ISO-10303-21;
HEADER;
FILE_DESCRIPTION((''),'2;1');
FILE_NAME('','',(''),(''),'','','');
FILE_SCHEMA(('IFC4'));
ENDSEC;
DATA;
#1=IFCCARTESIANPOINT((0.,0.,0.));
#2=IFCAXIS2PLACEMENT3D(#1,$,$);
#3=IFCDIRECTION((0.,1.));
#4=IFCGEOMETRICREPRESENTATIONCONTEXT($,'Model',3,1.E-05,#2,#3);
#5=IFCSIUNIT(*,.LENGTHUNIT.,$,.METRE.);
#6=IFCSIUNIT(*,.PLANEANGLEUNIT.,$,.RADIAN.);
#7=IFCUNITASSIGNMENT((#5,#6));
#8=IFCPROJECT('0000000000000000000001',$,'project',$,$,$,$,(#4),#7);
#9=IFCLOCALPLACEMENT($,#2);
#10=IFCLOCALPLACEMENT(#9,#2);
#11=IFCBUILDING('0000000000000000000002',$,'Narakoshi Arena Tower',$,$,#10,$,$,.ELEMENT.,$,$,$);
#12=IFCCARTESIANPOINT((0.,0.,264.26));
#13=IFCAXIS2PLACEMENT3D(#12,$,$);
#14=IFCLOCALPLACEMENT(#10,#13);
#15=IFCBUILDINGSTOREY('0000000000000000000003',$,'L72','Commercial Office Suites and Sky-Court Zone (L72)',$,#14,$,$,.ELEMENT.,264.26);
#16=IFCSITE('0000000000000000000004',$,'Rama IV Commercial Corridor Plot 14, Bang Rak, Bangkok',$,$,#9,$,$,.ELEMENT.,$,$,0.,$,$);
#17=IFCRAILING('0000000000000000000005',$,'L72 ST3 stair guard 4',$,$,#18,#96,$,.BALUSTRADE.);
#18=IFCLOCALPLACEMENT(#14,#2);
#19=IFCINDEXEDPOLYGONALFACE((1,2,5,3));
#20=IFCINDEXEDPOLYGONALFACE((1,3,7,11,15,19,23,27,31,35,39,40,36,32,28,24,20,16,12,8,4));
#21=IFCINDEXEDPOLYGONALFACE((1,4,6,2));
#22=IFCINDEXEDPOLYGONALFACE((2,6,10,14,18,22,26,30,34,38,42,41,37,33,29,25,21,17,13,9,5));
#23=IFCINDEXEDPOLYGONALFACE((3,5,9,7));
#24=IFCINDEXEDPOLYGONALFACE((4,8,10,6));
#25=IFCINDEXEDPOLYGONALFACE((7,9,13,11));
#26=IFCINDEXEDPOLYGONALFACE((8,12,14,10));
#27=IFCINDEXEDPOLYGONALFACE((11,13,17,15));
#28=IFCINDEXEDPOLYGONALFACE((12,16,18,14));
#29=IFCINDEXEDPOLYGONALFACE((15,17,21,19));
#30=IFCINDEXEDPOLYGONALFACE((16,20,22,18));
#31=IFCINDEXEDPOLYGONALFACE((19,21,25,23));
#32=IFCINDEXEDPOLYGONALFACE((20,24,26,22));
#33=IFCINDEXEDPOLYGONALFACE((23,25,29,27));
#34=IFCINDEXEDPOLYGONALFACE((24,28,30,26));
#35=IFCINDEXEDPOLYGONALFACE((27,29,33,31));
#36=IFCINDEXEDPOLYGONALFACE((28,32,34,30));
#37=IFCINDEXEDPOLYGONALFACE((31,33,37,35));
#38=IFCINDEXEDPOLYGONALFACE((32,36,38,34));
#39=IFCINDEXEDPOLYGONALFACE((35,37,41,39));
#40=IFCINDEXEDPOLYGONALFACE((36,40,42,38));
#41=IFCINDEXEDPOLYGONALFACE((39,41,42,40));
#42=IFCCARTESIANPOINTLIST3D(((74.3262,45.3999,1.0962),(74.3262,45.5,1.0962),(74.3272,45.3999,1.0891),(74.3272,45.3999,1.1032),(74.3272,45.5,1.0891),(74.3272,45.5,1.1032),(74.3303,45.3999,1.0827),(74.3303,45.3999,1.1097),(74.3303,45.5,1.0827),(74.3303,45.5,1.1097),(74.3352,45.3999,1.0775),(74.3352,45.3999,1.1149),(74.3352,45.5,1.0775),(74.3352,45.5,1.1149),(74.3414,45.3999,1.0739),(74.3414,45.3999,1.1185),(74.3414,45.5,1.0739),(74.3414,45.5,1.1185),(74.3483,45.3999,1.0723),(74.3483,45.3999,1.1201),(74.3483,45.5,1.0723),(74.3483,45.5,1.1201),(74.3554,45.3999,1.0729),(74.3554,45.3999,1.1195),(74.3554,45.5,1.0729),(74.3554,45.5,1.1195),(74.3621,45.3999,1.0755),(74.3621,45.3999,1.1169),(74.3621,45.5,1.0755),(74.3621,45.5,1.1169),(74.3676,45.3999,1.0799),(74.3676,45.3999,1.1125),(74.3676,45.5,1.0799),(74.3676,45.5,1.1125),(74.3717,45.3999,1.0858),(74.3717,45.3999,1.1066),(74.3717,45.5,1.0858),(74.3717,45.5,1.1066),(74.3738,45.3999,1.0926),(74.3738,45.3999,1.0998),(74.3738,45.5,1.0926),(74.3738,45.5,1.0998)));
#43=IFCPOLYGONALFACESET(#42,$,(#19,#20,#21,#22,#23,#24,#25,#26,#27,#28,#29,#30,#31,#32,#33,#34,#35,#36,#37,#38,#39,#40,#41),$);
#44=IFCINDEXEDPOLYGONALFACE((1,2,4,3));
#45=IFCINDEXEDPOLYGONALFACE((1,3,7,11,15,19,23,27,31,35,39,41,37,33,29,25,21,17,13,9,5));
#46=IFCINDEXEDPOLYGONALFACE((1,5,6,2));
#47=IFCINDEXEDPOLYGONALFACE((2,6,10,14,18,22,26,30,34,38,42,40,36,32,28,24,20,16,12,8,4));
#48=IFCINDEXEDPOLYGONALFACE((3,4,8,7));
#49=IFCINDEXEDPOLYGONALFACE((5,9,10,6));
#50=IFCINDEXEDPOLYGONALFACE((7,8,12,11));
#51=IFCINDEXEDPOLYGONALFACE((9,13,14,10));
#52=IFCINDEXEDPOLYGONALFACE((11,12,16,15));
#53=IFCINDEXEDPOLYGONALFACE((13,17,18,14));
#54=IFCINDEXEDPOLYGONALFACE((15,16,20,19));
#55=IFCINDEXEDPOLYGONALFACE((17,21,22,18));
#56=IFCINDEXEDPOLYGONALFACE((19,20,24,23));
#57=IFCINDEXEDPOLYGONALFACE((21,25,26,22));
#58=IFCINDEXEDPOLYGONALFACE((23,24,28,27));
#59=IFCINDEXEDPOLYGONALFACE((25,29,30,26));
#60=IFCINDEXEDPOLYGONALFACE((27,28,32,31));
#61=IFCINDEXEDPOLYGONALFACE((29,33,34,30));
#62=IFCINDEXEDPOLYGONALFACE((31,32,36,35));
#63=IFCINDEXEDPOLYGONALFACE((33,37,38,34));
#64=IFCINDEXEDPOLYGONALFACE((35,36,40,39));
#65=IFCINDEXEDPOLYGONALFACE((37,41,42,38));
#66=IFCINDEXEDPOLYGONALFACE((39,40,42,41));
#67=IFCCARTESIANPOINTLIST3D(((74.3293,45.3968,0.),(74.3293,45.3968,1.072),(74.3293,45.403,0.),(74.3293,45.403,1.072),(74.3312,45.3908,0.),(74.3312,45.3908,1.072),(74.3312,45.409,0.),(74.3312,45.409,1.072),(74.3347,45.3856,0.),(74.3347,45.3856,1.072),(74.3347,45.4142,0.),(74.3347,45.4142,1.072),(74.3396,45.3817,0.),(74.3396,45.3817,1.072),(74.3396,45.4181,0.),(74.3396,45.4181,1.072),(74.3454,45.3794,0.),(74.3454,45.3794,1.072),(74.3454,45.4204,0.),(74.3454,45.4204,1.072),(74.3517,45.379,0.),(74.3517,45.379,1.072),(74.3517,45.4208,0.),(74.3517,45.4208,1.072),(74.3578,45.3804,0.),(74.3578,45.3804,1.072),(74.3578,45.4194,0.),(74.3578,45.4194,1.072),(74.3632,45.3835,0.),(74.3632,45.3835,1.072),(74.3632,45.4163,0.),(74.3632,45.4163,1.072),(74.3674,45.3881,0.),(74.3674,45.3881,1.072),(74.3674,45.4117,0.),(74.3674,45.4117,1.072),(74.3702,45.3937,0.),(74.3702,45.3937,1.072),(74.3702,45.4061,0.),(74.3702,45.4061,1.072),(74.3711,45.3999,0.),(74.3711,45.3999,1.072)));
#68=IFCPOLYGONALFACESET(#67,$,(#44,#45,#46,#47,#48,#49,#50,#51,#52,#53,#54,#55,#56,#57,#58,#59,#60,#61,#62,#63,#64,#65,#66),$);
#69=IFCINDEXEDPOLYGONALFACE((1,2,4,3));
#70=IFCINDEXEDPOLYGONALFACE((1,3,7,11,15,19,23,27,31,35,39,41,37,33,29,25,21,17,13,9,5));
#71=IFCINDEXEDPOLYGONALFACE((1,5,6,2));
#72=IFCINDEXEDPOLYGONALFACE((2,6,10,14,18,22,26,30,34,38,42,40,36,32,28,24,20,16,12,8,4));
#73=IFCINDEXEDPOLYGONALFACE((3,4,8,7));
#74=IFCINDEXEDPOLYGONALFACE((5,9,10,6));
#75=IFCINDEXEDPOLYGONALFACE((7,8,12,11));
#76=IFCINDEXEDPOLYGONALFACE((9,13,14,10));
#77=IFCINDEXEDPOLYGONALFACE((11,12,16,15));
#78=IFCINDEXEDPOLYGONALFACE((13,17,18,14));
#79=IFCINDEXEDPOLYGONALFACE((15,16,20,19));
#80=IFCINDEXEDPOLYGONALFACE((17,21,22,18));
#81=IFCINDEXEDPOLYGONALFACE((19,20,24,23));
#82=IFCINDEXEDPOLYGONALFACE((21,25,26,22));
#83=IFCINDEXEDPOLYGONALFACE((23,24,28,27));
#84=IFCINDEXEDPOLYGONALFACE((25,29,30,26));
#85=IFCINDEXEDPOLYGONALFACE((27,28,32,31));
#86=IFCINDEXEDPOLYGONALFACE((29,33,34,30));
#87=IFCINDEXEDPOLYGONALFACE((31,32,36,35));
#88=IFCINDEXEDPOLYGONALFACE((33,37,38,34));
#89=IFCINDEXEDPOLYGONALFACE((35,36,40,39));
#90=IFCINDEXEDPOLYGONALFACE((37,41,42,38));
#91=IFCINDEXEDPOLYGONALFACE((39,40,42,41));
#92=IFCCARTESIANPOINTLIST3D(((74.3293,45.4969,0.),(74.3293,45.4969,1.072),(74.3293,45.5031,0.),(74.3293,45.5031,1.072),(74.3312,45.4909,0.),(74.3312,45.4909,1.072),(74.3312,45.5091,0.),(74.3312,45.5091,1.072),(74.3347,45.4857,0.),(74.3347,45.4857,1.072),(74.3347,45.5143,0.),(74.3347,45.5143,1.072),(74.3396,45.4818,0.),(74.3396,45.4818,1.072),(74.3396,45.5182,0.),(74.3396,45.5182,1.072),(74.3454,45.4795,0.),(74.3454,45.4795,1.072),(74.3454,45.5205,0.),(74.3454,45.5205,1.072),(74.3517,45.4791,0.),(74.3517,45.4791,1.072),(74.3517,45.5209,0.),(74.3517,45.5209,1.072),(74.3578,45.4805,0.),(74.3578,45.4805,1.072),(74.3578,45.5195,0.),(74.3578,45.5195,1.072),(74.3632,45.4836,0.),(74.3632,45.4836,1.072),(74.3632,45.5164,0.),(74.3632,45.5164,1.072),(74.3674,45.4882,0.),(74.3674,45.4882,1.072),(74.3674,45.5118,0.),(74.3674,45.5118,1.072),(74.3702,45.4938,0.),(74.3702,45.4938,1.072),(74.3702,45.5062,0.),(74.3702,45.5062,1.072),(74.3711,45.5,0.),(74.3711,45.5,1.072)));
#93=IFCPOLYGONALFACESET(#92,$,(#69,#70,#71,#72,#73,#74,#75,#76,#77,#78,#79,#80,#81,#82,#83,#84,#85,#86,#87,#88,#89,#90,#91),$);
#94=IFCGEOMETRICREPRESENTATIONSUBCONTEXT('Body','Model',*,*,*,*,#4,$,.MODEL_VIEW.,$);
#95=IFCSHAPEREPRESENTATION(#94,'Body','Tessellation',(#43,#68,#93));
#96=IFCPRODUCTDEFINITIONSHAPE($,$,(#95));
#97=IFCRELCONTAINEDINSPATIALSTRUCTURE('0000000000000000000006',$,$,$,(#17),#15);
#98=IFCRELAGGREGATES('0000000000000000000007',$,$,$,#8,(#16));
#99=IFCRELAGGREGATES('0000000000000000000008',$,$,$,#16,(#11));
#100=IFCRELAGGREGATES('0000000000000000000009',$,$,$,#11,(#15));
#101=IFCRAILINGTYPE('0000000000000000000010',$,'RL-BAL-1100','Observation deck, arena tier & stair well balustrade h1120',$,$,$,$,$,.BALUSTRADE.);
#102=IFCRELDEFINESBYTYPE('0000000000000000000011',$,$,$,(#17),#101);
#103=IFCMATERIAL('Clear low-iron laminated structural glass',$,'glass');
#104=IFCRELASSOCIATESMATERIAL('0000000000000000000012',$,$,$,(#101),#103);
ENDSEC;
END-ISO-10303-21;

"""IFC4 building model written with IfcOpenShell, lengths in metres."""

from ifc_helpers import new_model, si_unit, direction, frame, origin, origin_2d, place, context, subcontext, project, spatial, circle, extrude, material, type_object, element, save


model = new_model("IFC4")

# Units and contexts
model_context = context("Model", 3, precision=1e-05, world=origin(), true_north=direction((0.0, 1.0)))
body_context = subcontext(model_context, "Body", "Model", "MODEL_VIEW")
ifc_project = project(units=[si_unit("LENGTHUNIT", "METRE"), si_unit("PLANEANGLEUNIT", "RADIAN")], contexts=[model_context])

# Site, building, storey
site_placement = place(None, origin())
site = spatial("IfcSite", under=ifc_project, at=site_placement, Name="Rama IV Commercial Corridor Plot 14, Bang Rak, Bangkok", CompositionType="ELEMENT", RefElevation=0.0)
building_placement = place(site_placement, origin())
building = spatial("IfcBuilding", under=site, at=building_placement, Name="Narakoshi Arena Tower", CompositionType="ELEMENT")
storey_placement = place(building_placement, frame((0.0, 0.0, 264.26)))
storey = spatial("IfcBuildingStorey", under=building, at=storey_placement, Name="L72", Description="Commercial Office Suites and Sky-Court Zone (L72)", CompositionType="ELEMENT", Elevation=264.26)

# Railing
ifc_material_1 = material(Name="Clear low-iron laminated structural glass", Category="glass")
railing_type_1 = type_object("IfcRailingType", Name="RL-BAL-1100", Description="Observation deck, arena tier & stair well balustrade h1120", PredefinedType="BALUSTRADE", material=ifc_material_1)
for number, where, name in (
    (1, (74.3501, 45.3999, 0.0), "L72 ST3 stair guard 4"),
):
    element("IfcRailing", number, at=place(storey_placement, frame(where)), inside=storey, type_object=railing_type_1, Name=name, PredefinedType="BALUSTRADE", context=body_context, shape_type="SweptSolid", body=[
        extrude(circle(Radius=0.0239, at=origin_2d()), frame((0.0, 0.0, 1.0962), z_axis=(0.0, 1.0, 0.0), x_axis=(-1.0, 0.0, 0.0)), (0.0, 0.0, 1.0), 0.1001),
        extrude(circle(Radius=0.021, at=origin_2d()), origin(), (0.0, 0.0, 1.0), 1.072),
        extrude(circle(Radius=0.021, at=origin_2d()), frame((0.0, 0.1001, 0.0)), (0.0, 0.0, 1.0), 1.072),
    ])

save(model, "model.ifc")
